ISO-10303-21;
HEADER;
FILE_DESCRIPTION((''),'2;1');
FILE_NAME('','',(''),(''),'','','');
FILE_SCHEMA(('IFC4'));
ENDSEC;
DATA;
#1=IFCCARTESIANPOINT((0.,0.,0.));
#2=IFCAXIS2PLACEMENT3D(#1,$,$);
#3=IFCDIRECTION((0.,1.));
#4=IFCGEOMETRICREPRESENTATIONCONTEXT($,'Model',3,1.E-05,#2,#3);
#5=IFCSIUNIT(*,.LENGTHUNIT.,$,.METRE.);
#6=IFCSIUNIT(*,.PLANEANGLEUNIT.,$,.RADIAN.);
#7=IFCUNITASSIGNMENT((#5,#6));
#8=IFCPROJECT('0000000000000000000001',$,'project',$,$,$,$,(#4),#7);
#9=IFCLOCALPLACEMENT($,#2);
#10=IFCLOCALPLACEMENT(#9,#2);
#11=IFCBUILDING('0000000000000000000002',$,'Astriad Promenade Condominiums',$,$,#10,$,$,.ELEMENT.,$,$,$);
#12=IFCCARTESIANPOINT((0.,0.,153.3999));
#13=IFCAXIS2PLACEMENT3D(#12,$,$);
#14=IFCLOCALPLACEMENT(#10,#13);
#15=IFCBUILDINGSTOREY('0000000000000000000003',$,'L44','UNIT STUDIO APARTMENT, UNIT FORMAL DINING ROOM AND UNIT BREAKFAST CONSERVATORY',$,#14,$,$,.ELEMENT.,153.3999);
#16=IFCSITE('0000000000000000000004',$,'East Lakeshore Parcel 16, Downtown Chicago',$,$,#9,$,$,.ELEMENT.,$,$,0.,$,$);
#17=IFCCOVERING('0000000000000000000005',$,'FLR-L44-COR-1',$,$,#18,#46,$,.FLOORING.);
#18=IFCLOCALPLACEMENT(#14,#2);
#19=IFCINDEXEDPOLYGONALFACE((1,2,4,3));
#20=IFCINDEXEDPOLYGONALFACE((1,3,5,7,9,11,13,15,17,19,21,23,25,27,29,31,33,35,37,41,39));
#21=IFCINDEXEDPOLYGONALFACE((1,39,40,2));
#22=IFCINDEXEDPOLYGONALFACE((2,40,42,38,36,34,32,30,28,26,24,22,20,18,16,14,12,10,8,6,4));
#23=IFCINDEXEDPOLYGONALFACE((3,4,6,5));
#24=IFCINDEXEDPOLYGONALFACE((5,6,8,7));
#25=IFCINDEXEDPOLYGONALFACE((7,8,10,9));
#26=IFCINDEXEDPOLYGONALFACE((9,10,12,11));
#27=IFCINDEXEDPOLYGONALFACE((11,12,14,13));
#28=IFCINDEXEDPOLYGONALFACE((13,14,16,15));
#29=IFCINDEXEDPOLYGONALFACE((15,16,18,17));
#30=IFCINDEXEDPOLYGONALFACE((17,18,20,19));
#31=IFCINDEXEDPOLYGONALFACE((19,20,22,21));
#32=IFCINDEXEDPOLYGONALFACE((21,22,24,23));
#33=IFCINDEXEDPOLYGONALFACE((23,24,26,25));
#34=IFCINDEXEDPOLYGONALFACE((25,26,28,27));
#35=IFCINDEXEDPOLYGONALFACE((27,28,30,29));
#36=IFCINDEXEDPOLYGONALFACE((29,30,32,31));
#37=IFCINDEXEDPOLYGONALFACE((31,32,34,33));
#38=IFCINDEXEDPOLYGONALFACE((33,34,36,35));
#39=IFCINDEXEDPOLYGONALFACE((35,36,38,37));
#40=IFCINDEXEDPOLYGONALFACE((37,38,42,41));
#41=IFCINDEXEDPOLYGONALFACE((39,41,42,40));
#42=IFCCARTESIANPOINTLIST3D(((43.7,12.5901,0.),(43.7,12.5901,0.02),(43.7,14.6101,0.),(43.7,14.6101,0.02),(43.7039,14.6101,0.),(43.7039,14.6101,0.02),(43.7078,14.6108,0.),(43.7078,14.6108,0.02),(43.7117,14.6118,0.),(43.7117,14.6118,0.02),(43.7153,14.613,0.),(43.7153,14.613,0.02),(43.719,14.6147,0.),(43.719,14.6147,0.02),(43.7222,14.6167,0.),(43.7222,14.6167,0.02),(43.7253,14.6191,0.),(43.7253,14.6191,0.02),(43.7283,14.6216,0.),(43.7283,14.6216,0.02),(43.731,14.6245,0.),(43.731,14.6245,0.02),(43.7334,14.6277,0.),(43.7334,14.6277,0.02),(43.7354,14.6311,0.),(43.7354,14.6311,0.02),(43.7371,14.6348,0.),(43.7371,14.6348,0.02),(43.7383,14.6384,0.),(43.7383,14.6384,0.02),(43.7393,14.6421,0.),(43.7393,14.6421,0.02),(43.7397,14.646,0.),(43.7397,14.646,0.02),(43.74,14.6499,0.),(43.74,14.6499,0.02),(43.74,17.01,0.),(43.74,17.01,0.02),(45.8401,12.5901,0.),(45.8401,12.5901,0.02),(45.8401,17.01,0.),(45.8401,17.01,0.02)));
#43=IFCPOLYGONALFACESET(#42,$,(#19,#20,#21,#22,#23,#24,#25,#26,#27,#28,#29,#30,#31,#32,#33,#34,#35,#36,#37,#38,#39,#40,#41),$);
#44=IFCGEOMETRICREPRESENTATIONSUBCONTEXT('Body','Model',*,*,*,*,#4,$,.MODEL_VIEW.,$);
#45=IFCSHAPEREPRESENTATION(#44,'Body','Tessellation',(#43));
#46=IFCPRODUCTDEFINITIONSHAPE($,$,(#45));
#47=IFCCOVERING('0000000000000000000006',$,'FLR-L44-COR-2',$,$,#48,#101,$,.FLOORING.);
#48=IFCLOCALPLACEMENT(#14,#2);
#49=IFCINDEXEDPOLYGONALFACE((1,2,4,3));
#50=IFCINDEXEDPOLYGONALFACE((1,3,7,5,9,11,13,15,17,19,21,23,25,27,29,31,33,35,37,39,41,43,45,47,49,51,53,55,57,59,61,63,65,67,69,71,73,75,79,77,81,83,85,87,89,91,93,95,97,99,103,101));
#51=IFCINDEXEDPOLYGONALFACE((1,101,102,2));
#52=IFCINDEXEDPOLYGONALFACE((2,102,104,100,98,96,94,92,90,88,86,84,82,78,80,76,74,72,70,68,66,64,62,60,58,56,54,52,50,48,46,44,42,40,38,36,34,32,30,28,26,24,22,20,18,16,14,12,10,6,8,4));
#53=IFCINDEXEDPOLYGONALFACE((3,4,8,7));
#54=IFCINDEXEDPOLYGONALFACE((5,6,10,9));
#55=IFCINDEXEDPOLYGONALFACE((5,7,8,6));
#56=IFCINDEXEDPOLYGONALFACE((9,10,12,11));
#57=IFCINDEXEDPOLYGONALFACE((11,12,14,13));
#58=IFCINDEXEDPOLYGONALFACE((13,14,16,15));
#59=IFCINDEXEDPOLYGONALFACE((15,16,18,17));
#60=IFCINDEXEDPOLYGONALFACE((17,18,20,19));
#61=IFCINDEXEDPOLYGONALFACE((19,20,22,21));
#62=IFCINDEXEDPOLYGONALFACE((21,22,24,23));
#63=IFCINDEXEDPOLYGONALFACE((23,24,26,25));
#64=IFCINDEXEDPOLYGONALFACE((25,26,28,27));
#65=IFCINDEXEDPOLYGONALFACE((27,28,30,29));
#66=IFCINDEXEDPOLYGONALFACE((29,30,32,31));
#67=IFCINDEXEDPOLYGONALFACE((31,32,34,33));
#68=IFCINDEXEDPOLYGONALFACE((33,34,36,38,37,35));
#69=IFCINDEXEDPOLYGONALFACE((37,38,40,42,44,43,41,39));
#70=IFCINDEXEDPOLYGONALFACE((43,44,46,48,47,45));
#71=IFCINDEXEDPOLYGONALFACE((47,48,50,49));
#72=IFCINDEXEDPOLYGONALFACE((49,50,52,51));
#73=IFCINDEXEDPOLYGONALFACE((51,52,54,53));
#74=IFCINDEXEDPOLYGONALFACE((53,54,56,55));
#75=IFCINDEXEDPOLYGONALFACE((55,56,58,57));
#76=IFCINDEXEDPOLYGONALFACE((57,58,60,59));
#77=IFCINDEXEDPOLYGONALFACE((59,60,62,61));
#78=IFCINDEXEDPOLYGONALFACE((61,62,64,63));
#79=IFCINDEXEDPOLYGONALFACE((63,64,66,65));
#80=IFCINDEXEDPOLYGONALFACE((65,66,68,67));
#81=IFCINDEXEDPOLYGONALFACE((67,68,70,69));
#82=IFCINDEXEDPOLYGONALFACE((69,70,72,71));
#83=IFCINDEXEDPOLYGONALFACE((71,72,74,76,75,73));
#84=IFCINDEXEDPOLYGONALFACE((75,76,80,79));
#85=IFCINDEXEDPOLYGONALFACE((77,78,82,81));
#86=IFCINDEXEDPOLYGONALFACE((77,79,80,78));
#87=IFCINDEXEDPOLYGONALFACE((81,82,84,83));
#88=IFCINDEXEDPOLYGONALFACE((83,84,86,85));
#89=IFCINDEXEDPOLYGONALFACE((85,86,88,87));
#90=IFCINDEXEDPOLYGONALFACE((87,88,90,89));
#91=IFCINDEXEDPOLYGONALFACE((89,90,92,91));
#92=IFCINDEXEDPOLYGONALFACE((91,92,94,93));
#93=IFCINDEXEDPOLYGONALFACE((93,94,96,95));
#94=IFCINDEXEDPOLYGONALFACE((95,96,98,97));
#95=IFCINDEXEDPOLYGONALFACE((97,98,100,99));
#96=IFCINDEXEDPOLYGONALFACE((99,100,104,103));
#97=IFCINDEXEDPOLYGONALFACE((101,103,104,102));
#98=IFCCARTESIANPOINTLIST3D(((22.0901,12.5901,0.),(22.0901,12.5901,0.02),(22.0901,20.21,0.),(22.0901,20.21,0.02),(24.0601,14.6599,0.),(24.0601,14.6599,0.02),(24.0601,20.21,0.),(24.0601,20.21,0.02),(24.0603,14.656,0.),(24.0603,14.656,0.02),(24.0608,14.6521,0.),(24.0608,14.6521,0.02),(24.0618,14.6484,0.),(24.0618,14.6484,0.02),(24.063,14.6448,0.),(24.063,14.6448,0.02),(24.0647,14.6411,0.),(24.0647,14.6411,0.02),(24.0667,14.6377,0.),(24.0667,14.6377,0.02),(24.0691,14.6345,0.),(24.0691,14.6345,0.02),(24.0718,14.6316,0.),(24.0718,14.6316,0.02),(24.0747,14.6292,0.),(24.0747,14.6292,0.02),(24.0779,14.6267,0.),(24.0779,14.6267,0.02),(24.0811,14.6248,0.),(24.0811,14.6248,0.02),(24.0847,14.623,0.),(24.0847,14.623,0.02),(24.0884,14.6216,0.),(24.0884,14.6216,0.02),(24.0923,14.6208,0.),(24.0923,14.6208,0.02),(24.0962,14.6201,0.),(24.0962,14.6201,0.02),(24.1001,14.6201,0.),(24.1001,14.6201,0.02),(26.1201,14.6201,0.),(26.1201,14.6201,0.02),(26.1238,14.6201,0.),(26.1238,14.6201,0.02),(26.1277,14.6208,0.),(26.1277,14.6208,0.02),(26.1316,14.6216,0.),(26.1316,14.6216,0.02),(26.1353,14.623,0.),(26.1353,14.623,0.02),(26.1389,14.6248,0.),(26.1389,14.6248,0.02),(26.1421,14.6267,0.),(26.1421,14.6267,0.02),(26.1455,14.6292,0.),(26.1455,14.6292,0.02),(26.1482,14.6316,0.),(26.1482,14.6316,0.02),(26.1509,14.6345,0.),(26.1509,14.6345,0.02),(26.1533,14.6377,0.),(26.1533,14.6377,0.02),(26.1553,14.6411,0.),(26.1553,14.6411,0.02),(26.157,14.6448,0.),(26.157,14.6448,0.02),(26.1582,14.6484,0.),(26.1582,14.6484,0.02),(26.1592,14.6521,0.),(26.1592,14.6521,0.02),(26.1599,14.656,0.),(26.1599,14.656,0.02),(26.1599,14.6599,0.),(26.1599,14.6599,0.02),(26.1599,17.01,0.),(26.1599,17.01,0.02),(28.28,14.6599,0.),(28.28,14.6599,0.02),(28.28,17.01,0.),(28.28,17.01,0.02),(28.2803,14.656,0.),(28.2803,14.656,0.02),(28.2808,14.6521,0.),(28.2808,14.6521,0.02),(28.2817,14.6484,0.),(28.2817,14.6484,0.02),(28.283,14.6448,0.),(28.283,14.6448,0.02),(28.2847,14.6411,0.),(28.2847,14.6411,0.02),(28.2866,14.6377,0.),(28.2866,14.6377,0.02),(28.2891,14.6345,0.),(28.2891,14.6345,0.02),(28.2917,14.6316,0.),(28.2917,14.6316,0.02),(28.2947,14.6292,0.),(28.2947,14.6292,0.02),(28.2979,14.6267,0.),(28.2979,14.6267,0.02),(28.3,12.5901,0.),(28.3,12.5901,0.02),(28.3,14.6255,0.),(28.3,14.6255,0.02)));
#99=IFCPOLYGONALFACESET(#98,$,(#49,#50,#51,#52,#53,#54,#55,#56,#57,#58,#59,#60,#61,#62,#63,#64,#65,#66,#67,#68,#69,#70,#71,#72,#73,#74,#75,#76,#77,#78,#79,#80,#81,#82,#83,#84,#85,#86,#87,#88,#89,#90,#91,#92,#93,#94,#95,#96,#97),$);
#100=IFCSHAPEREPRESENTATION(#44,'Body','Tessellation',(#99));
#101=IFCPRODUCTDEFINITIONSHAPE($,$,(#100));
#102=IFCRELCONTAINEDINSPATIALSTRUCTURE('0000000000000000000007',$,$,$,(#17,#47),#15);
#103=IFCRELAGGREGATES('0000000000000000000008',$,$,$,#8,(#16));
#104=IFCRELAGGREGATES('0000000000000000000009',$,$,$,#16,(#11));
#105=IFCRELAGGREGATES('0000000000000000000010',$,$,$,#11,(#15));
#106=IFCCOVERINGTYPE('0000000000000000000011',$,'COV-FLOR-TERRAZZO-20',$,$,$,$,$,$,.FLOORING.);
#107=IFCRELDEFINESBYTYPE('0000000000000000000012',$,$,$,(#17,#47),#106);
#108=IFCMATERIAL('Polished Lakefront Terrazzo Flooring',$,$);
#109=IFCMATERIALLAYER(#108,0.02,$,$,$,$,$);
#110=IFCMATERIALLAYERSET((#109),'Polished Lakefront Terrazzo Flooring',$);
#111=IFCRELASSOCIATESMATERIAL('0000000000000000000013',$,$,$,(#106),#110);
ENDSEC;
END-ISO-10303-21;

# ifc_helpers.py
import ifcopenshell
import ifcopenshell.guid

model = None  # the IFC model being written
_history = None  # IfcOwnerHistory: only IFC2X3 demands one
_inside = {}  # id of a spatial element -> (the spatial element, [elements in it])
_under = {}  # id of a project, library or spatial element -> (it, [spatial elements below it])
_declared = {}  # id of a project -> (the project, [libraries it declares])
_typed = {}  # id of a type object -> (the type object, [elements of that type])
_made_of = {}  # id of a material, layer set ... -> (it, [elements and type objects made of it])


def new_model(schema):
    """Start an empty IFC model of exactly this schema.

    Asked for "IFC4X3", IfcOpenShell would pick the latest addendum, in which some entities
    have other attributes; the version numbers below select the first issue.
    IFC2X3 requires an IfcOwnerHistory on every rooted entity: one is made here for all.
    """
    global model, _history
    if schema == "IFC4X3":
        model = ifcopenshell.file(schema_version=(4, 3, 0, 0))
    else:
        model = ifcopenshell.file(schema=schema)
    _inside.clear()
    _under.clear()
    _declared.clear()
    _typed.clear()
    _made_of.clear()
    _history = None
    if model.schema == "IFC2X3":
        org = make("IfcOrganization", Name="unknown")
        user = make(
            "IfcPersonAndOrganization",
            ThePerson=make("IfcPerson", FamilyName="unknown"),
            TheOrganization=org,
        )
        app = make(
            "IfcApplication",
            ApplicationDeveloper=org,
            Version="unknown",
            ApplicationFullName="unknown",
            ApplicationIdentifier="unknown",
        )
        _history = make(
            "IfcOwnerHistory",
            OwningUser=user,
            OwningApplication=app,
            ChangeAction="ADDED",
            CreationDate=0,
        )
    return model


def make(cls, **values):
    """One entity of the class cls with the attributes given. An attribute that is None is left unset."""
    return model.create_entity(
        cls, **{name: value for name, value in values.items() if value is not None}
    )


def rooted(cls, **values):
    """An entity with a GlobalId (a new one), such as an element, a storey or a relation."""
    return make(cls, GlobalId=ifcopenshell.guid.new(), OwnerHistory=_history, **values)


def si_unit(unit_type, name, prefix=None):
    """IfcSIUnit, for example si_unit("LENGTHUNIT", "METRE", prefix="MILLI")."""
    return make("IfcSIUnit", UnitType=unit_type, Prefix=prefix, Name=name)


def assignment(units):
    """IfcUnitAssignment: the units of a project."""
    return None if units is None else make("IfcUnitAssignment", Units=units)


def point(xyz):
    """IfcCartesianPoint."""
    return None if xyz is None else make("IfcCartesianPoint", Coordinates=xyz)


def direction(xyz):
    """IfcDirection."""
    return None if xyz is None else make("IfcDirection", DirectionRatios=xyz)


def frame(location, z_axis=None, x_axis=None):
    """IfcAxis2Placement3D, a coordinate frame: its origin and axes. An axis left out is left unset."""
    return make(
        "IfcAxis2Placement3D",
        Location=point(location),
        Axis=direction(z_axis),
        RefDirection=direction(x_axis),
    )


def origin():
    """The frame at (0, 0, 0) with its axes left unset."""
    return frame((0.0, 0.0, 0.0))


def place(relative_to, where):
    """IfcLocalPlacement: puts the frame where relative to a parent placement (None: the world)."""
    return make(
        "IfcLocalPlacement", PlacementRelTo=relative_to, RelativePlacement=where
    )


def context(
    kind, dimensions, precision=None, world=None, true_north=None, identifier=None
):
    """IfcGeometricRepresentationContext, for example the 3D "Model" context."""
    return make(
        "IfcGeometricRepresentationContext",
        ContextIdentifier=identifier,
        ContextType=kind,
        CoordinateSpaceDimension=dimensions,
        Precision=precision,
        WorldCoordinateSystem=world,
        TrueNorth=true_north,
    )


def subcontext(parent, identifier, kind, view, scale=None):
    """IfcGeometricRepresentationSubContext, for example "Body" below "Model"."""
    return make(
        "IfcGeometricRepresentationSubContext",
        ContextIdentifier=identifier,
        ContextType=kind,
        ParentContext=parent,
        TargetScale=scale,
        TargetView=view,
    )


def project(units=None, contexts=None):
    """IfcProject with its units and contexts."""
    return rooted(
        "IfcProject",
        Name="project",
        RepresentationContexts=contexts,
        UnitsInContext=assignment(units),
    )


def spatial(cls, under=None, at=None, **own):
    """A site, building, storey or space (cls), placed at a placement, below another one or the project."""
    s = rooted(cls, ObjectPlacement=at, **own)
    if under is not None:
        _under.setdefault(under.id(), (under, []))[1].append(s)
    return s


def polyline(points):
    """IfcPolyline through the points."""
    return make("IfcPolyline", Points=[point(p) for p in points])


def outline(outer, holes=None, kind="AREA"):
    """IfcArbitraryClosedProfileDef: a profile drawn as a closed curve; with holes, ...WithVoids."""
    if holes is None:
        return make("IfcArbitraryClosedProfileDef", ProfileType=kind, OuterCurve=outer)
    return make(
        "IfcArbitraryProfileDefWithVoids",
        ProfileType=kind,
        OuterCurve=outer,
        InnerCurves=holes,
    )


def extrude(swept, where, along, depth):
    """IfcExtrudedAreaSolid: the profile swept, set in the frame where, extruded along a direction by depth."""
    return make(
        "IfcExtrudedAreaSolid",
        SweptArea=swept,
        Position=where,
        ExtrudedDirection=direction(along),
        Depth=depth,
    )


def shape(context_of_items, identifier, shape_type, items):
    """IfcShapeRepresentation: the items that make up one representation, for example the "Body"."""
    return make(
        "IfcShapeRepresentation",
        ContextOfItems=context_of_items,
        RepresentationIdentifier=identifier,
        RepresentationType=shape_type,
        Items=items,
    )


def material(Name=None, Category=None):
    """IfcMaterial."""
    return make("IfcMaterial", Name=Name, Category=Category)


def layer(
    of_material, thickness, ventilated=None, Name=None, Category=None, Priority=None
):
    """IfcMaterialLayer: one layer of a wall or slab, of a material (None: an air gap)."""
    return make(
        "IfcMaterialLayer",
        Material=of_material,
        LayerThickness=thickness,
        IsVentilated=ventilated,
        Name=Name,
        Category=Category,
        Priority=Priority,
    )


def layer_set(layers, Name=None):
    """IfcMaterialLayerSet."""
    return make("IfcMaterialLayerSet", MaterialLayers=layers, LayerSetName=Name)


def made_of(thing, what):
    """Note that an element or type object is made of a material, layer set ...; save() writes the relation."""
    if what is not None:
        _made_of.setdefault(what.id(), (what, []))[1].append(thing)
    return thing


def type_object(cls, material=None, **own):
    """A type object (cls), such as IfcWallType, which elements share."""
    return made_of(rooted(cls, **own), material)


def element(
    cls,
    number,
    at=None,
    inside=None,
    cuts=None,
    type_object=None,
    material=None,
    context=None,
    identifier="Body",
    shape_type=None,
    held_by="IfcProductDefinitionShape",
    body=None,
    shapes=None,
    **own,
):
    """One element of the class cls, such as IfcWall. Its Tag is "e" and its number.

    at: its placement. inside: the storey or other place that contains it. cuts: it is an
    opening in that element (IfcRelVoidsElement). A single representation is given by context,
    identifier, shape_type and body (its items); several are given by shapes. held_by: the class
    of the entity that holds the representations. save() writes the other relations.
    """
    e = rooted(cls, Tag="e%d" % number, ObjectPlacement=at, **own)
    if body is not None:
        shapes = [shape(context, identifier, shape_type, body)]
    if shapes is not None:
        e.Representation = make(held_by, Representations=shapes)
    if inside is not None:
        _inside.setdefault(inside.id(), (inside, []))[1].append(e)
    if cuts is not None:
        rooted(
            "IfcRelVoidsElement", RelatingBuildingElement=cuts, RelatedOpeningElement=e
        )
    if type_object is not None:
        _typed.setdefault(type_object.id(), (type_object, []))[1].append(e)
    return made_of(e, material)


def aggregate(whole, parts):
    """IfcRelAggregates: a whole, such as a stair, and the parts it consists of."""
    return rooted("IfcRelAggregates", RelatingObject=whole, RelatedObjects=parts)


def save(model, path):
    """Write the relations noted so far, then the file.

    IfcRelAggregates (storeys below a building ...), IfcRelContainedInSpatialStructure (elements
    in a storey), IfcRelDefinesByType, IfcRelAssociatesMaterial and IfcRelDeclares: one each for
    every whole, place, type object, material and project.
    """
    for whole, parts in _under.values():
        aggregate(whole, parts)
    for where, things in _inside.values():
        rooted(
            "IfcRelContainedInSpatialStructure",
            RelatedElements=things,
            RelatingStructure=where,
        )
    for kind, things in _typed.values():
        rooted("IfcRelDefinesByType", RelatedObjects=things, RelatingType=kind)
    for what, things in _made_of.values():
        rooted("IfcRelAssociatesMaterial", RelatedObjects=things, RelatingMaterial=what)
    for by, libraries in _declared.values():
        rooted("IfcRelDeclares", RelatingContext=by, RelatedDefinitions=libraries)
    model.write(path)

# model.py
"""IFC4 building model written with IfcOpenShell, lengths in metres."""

from ifc_helpers import new_model, si_unit, direction, frame, origin, place, context, subcontext, project, spatial, polyline, outline, extrude, material, layer, layer_set, type_object, element, save


model = new_model("IFC4")

# Units and contexts
model_context = context("Model", 3, precision=1e-05, world=origin(), true_north=direction((0.0, 1.0)))
body_context = subcontext(model_context, "Body", "Model", "MODEL_VIEW")
ifc_project = project(units=[si_unit("LENGTHUNIT", "METRE"), si_unit("PLANEANGLEUNIT", "RADIAN")], contexts=[model_context])

# Site, building, storey
site_placement = place(None, origin())
site = spatial("IfcSite", under=ifc_project, at=site_placement, Name="East Lakeshore Parcel 16, Downtown Chicago", CompositionType="ELEMENT", RefElevation=0.0)
building_placement = place(site_placement, origin())
building = spatial("IfcBuilding", under=site, at=building_placement, Name="Astriad Promenade Condominiums", CompositionType="ELEMENT")
storey_placement = place(building_placement, frame((0.0, 0.0, 153.3999)))
storey = spatial("IfcBuildingStorey", under=building, at=storey_placement, Name="L44", Description="UNIT STUDIO APARTMENT, UNIT FORMAL DINING ROOM AND UNIT BREAKFAST CONSERVATORY", CompositionType="ELEMENT", Elevation=153.3999)

# Coverings
ifc_material_1 = material(Name="Polished Lakefront Terrazzo Flooring")
ifc_layer_1 = layer(ifc_material_1, 0.02)
ifc_layer_set_1 = layer_set([ifc_layer_1], Name="Polished Lakefront Terrazzo Flooring")
covering_type = type_object("IfcCoveringType", Name="COV-FLOR-TERRAZZO-20", PredefinedType="FLOORING", material=ifc_layer_set_1)
covering_1_placement = place(storey_placement, origin())
element("IfcCovering", 1, at=covering_1_placement, inside=storey, type_object=covering_type, Name="FLR-L44-COR-1", PredefinedType="FLOORING", context=body_context, shape_type="SweptSolid", body=[
    extrude(outline(polyline([(43.7, 12.5901), (43.7, 14.6101), (43.7039, 14.6101), (43.7078, 14.6108), (43.7117, 14.6118), (43.7153, 14.613), (43.719, 14.6147), (43.7222, 14.6167), (43.7253, 14.6191), (43.7283, 14.6216), (43.731, 14.6245), (43.7334, 14.6277), (43.7354, 14.6311), (43.7371, 14.6348), (43.7383, 14.6384), (43.7393, 14.6421), (43.7397, 14.646), (43.74, 14.6499), (43.74, 17.01), (45.8401, 17.01), (45.8401, 12.5901), (43.7, 12.5901)])), origin(), (0.0, 0.0, 1.0), 0.02),
])
covering_2_placement = place(storey_placement, origin())
element("IfcCovering", 2, at=covering_2_placement, inside=storey, type_object=covering_type, Name="FLR-L44-COR-2", PredefinedType="FLOORING", context=body_context, shape_type="SweptSolid", body=[
    extrude(outline(polyline([(28.3, 12.5901), (22.0901, 12.5901), (22.0901, 20.21), (24.0601, 20.21), (24.0601, 14.6599), (24.0603, 14.656), (24.0608, 14.6521), (24.0618, 14.6484), (24.063, 14.6448), (24.0647, 14.6411), (24.0667, 14.6377), (24.0691, 14.6345), (24.0718, 14.6316), (24.0747, 14.6292), (24.0779, 14.6267), (24.0811, 14.6248), (24.0847, 14.623), (24.0884, 14.6216), (24.0923, 14.6208), (24.0962, 14.6201), (24.1001, 14.6201), (26.1201, 14.6201), (26.1238, 14.6201), (26.1277, 14.6208), (26.1316, 14.6216), (26.1353, 14.623), (26.1389, 14.6248), (26.1421, 14.6267), (26.1455, 14.6292), (26.1482, 14.6316), (26.1509, 14.6345), (26.1533, 14.6377), (26.1553, 14.6411), (26.157, 14.6448), (26.1582, 14.6484), (26.1592, 14.6521), (26.1599, 14.656), (26.1599, 14.6599), (26.1599, 17.01), (28.28, 17.01), (28.28, 14.6599), (28.2803, 14.656), (28.2808, 14.6521), (28.2817, 14.6484), (28.283, 14.6448), (28.2847, 14.6411), (28.2866, 14.6377), (28.2891, 14.6345), (28.2917, 14.6316), (28.2947, 14.6292), (28.2979, 14.6267), (28.3, 14.6255), (28.3, 12.5901)])), origin(), (0.0, 0.0, 1.0), 0.02),
])

save(model, "model.ifc")
